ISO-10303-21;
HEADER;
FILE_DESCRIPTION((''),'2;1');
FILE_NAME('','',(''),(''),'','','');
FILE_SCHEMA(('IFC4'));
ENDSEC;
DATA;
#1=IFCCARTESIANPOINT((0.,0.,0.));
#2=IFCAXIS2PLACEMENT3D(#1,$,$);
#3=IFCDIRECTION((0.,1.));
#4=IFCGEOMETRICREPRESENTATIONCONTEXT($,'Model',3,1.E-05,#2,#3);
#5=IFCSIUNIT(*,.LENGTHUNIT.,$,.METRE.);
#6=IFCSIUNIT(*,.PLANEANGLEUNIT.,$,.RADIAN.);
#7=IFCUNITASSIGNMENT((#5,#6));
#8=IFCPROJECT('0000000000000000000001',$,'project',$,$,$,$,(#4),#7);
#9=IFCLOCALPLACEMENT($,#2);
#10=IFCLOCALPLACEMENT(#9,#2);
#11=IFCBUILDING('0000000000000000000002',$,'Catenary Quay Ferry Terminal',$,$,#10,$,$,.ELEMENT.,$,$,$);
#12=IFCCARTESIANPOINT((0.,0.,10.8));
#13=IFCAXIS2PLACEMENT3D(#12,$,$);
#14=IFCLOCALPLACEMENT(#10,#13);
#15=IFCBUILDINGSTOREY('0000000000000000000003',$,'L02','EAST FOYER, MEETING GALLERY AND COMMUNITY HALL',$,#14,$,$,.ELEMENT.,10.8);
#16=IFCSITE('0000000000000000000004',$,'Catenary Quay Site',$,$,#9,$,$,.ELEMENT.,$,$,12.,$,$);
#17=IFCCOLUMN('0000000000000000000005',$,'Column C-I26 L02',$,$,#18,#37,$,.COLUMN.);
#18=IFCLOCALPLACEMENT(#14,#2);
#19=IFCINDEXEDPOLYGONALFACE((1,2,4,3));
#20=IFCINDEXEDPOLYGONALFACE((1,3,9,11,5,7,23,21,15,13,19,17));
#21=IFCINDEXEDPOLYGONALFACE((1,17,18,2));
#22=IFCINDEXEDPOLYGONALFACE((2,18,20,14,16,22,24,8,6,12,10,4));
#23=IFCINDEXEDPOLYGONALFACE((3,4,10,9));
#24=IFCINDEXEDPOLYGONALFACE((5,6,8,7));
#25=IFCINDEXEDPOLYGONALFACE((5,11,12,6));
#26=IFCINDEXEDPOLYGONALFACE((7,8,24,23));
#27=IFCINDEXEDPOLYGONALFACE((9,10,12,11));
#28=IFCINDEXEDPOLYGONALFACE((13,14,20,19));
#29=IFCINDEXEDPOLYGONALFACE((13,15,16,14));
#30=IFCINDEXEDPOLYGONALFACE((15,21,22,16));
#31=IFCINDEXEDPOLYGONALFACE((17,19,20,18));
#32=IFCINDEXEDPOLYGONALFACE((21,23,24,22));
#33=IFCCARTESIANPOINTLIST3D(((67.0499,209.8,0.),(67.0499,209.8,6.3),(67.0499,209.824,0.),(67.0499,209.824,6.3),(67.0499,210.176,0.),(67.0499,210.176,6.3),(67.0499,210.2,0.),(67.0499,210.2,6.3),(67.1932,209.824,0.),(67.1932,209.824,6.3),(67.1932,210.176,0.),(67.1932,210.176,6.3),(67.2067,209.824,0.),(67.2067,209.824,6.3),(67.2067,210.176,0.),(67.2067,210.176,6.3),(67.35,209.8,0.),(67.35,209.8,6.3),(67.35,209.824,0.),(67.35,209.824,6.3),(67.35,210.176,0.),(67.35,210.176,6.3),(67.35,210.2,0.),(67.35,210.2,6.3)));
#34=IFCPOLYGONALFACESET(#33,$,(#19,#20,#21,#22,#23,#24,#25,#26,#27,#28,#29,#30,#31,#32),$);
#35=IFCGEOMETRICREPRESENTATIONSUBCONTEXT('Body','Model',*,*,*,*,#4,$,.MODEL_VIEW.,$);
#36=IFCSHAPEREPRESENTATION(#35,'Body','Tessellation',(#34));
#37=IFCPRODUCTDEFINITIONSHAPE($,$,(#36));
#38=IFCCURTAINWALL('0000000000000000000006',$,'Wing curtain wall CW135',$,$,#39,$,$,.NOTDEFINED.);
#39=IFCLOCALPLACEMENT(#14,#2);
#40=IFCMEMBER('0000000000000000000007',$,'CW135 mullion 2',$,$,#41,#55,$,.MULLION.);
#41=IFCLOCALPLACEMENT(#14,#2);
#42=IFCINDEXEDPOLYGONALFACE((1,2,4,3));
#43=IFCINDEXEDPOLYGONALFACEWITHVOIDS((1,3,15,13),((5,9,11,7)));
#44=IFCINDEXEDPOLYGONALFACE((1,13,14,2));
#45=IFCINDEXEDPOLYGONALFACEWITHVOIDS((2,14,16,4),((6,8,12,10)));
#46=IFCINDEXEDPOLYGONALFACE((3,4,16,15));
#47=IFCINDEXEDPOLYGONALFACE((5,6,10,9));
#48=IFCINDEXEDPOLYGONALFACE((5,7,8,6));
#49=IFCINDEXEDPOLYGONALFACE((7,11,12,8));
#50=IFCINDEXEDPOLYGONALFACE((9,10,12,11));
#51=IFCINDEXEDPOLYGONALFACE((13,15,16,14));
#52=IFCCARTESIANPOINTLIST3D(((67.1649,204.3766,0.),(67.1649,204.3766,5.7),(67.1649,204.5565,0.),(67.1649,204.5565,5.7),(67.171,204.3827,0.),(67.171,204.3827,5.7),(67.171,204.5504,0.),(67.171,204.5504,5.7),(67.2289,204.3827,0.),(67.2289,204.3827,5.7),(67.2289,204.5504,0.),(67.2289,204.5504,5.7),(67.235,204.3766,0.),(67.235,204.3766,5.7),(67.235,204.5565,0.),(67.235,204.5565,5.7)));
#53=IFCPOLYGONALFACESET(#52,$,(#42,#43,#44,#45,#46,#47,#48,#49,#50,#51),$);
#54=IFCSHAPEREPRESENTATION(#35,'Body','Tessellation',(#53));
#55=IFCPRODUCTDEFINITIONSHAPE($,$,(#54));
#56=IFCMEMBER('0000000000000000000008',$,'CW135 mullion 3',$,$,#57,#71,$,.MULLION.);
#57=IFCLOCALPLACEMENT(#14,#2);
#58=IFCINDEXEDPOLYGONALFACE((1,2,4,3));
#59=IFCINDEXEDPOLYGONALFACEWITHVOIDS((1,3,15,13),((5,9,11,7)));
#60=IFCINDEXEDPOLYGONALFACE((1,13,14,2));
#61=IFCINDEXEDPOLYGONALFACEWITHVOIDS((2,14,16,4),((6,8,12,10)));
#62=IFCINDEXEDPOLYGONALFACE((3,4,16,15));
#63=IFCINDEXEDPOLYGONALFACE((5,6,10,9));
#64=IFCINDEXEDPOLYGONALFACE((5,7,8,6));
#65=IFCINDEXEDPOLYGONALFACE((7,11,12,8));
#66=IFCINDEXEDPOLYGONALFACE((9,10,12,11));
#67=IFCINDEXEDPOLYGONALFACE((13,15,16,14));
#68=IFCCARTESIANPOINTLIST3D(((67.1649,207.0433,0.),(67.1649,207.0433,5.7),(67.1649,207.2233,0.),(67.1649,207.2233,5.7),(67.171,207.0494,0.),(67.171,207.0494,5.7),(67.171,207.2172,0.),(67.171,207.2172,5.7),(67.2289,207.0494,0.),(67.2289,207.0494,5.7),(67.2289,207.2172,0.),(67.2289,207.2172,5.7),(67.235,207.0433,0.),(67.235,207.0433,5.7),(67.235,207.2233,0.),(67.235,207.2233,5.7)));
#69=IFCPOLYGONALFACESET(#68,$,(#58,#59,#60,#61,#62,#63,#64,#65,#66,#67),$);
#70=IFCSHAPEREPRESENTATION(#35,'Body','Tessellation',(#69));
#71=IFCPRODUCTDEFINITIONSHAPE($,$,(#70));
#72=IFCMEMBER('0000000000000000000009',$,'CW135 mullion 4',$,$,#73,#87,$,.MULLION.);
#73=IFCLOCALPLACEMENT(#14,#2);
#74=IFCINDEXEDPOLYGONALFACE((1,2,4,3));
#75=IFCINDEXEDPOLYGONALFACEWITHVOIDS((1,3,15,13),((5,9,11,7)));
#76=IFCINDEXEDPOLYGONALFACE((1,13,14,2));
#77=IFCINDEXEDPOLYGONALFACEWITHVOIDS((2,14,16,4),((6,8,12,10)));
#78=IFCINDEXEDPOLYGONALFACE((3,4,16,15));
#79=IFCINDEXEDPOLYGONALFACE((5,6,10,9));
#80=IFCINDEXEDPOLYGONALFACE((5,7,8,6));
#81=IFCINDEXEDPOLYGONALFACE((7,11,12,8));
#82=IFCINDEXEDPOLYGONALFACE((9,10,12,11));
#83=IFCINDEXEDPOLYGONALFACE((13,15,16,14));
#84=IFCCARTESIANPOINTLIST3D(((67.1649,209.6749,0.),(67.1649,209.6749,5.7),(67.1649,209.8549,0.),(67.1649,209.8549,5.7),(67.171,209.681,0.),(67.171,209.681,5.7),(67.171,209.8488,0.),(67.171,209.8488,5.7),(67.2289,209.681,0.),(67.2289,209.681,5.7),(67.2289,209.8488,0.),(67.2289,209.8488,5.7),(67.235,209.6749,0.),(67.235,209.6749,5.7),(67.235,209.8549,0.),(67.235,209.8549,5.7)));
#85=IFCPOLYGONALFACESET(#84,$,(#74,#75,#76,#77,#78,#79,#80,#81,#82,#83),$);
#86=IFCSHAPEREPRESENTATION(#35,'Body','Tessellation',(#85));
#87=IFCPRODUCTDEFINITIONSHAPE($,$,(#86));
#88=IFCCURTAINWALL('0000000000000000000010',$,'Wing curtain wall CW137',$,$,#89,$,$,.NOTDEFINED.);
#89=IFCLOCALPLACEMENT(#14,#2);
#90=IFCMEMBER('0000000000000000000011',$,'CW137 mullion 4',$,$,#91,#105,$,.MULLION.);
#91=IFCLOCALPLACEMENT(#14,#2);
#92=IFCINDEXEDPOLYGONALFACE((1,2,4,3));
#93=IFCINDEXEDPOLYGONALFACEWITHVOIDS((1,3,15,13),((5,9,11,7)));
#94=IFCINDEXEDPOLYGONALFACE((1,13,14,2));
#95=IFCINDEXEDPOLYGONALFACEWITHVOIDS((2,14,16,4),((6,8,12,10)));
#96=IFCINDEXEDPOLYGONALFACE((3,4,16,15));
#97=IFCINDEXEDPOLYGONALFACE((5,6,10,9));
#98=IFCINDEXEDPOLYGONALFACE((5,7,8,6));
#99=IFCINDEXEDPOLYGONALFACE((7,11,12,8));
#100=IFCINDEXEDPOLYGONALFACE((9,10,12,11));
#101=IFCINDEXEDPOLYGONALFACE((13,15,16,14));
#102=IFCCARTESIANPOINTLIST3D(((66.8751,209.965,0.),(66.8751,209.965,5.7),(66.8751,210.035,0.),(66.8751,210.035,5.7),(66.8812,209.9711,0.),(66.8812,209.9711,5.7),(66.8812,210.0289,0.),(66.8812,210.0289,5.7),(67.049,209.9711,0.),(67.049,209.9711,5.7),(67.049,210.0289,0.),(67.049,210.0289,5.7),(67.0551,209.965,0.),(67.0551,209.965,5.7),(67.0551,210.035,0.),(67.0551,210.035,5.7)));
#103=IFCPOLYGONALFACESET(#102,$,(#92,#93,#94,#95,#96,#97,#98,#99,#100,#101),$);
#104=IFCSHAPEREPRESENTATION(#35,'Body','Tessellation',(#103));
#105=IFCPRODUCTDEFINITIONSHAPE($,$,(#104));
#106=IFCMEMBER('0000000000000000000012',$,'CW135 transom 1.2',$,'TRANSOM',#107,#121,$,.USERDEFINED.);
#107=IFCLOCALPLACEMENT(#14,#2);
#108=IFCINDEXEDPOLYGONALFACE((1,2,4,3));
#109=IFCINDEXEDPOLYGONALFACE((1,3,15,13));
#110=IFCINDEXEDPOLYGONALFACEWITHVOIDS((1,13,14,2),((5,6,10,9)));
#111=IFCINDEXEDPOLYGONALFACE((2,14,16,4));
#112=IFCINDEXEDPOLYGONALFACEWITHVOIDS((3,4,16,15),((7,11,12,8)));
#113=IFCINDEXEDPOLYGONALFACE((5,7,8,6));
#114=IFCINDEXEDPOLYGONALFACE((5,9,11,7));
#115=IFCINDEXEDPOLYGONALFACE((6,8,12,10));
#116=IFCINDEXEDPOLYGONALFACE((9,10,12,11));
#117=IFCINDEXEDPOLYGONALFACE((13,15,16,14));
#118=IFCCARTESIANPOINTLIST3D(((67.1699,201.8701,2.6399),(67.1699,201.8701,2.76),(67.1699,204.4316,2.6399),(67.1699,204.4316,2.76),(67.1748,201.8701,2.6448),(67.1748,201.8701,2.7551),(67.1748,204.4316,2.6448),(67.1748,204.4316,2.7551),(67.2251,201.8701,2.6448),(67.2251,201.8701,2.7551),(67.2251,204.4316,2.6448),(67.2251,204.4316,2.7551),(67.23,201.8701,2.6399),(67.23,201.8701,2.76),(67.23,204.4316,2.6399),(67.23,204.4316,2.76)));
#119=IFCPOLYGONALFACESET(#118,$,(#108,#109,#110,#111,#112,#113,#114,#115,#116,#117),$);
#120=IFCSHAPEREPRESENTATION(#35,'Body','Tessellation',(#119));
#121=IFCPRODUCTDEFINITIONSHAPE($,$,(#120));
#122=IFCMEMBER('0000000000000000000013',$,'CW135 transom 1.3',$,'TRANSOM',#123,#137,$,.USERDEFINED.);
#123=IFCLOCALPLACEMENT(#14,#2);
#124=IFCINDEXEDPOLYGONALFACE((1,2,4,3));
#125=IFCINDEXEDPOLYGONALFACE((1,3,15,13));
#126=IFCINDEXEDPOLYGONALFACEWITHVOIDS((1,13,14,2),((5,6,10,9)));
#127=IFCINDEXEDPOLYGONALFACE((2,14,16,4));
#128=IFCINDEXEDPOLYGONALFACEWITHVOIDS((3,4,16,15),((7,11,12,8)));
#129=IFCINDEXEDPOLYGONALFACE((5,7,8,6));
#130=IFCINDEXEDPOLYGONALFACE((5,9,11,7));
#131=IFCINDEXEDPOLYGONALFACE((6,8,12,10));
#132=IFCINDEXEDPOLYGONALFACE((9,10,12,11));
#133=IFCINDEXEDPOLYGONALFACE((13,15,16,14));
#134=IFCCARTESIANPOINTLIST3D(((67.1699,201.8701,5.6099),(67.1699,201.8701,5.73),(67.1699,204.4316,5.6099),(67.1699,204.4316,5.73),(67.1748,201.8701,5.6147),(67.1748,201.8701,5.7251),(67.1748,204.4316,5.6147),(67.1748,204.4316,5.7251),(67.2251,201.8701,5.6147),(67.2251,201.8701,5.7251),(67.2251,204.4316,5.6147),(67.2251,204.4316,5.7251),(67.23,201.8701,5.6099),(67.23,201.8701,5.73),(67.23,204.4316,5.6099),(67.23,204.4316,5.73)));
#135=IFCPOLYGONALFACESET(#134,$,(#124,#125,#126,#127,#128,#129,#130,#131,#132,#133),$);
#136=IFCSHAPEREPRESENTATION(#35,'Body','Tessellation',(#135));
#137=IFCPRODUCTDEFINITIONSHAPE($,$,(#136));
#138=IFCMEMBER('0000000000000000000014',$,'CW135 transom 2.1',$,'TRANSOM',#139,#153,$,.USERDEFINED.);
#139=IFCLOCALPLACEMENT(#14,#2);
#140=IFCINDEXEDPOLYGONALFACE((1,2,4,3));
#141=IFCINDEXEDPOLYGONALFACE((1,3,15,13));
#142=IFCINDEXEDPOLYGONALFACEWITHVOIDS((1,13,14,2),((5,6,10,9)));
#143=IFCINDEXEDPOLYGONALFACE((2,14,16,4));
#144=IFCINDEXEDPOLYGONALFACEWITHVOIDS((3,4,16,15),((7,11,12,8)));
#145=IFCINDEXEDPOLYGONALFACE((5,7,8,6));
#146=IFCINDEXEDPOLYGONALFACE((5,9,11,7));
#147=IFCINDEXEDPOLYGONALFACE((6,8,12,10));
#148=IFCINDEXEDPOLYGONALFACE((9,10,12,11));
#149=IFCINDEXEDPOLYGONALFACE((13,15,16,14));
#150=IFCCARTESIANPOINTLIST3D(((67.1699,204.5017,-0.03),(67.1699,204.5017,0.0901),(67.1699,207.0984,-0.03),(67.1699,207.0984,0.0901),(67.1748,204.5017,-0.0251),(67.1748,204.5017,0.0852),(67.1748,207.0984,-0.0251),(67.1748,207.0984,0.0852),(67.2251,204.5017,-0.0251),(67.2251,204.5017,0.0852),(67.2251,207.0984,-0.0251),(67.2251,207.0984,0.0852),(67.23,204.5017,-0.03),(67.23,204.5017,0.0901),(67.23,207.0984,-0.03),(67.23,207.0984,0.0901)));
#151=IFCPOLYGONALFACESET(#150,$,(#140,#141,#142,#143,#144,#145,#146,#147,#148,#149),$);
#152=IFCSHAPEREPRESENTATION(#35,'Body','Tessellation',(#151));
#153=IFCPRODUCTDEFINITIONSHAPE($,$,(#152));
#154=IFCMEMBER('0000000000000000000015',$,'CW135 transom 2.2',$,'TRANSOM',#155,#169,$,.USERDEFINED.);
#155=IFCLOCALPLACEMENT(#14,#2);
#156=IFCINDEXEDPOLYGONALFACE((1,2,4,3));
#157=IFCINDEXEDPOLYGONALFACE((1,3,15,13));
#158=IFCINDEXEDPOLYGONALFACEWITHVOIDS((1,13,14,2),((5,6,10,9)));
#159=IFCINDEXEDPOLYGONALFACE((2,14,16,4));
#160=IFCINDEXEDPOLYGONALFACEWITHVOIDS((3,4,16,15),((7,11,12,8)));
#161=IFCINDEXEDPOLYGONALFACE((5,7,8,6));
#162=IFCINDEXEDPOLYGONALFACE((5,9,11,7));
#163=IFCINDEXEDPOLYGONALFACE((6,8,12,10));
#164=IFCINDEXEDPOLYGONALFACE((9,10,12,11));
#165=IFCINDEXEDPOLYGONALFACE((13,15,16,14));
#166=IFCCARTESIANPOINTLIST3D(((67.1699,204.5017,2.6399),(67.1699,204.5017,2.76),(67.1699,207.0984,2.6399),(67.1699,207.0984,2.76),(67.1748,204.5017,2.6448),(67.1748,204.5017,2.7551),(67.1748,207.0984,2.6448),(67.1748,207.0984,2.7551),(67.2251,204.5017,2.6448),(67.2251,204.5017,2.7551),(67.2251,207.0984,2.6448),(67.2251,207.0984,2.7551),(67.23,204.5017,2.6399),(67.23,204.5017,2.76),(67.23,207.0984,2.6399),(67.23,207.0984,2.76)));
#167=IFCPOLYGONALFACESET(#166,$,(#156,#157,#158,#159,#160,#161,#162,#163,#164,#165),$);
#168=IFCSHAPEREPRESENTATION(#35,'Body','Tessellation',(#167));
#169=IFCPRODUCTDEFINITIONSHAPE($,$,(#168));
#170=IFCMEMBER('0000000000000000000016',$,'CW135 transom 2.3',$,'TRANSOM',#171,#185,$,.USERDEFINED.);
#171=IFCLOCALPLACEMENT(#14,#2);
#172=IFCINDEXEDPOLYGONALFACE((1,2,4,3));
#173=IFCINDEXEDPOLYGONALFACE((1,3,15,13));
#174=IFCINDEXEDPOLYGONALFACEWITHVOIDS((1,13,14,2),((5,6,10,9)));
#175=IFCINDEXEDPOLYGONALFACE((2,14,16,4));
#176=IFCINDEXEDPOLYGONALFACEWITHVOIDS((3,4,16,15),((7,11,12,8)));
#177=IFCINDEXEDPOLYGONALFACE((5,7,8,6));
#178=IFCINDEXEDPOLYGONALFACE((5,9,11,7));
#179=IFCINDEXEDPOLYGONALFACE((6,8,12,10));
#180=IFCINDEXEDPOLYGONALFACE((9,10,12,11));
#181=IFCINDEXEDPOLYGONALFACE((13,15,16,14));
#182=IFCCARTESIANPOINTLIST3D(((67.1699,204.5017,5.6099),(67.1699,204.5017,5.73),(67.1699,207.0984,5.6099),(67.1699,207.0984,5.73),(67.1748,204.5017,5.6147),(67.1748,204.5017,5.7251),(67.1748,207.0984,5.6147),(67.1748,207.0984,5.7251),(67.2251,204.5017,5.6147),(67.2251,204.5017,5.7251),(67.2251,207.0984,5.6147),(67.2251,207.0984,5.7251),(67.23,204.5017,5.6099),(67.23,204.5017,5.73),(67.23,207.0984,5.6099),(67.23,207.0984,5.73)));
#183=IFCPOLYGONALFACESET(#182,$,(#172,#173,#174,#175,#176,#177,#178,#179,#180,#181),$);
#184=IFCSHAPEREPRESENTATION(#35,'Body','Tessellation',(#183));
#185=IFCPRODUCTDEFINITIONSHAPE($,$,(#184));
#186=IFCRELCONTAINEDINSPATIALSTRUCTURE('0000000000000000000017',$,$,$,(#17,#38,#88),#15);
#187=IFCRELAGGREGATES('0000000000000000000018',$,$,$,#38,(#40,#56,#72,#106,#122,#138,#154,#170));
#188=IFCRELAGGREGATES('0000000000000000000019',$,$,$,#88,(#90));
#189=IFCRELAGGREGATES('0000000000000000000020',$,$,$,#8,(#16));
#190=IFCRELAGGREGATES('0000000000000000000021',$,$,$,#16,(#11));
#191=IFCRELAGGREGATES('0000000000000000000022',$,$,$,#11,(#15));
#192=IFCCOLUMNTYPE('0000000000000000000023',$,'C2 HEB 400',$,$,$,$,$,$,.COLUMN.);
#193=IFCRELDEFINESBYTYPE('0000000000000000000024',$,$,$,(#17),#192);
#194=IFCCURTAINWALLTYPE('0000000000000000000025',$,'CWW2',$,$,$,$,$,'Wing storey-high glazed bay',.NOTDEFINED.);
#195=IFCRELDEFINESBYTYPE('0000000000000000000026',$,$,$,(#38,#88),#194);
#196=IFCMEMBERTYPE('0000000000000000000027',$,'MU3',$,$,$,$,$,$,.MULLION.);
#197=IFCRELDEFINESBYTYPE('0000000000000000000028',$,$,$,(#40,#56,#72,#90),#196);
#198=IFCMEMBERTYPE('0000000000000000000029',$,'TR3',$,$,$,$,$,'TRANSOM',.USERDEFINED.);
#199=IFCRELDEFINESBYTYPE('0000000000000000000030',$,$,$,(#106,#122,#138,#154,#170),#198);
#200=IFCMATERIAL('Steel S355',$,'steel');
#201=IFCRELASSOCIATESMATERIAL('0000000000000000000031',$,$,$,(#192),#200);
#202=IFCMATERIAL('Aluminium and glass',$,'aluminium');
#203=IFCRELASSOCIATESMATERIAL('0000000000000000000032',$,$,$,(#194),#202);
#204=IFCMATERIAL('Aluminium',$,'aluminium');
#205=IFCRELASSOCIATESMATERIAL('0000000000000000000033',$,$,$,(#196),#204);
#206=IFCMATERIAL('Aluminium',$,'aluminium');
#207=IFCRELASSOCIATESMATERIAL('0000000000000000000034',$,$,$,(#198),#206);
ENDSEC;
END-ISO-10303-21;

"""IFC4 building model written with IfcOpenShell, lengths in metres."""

from ifc_helpers import new_model, si_unit, direction, frame, origin, origin_2d, place, context, subcontext, project, spatial, hollow_rectangle, i_section, extrude, material, material_profile, profile_set, type_object, element, aggregate, save


model = new_model("IFC4")

# Units and contexts
model_context = context("Model", 3, precision=1e-05, world=origin(), true_north=direction((0.0, 1.0)))
body_context = subcontext(model_context, "Body", "Model", "MODEL_VIEW")
ifc_project = project(units=[si_unit("LENGTHUNIT", "METRE"), si_unit("PLANEANGLEUNIT", "RADIAN")], contexts=[model_context])

# Site, building, storey
site_placement = place(None, origin())
site = spatial("IfcSite", under=ifc_project, at=site_placement, Name="Catenary Quay Site", CompositionType="ELEMENT", RefElevation=12.0)
building_placement = place(site_placement, origin())
building = spatial("IfcBuilding", under=site, at=building_placement, Name="Catenary Quay Ferry Terminal", CompositionType="ELEMENT")
storey_placement = place(building_placement, frame((0.0, 0.0, 10.8)))
storey = spatial("IfcBuildingStorey", under=building, at=storey_placement, Name="L02", Description="EAST FOYER, MEETING GALLERY AND COMMUNITY HALL", CompositionType="ELEMENT", Elevation=10.8)

# Column
ifc_material_1 = material(Name="Steel S355", Category="steel")
ifc_material_profile_1 = material_profile(ifc_material_1, i_section(OverallWidth=0.3, OverallDepth=0.3999, WebThickness=0.0134, FlangeThickness=0.0239, at=origin_2d()), Name="HEB 400")
ifc_profile_set_1 = profile_set([ifc_material_profile_1], Name="Steel S355")
column_type = type_object("IfcColumnType", Name="C2 HEB 400", PredefinedType="COLUMN", material=ifc_profile_set_1)
column_placement = place(storey_placement, frame((67.2, 210.0, 0.0), z_axis=(0.0, 0.0, 1.0), x_axis=(1.0, 0.0, 0.0)))
element("IfcColumn", 1, at=column_placement, inside=storey, type_object=column_type, Name="Column C-I26 L02", PredefinedType="COLUMN", context=body_context, shape_type="SweptSolid", body=[
    extrude(i_section(OverallWidth=0.3, OverallDepth=0.3999, WebThickness=0.0134, FlangeThickness=0.0239, at=origin_2d()), origin(), (0.0, 0.0, 1.0), 6.3),
])

# Curtain wall, members
ifc_material_2 = material(Name="Aluminium and glass", Category="aluminium")
curtain_wall_type = type_object("IfcCurtainWallType", Name="CWW2", ElementType="Wing storey-high glazed bay", PredefinedType="NOTDEFINED", material=ifc_material_2)
curtain_wall_1_placement = place(storey_placement, origin())
curtain_wall_1 = element("IfcCurtainWall", 2, at=curtain_wall_1_placement, inside=storey, type_object=curtain_wall_type, Name="Wing curtain wall CW135", PredefinedType="NOTDEFINED")
ifc_material_3 = material(Name="Aluminium", Category="aluminium")
ifc_material_profile_2 = material_profile(ifc_material_3, hollow_rectangle(XDim=0.0701, YDim=0.1799, WallThickness=0.0061, at=origin_2d()), Name="MU3")
ifc_profile_set_2 = profile_set([ifc_material_profile_2], Name="Aluminium")
member_type_1 = type_object("IfcMemberType", Name="MU3", PredefinedType="MULLION", material=ifc_profile_set_2)
member_1_placement = place(storey_placement, frame((67.2, 204.4666, 0.0), z_axis=(0.0, 0.0, 1.0), x_axis=(-1.0, 0.0, 0.0)))
member_1 = element("IfcMember", 3, at=member_1_placement, type_object=member_type_1, Name="CW135 mullion 2", PredefinedType="MULLION", context=body_context, shape_type="SweptSolid", body=[
    extrude(hollow_rectangle(XDim=0.0701, YDim=0.1799, WallThickness=0.0061, at=origin_2d()), origin(), (0.0, 0.0, 1.0), 5.7),
])
member_2_placement = place(storey_placement, frame((67.2, 207.1333, 0.0), z_axis=(0.0, 0.0, 1.0), x_axis=(-1.0, 0.0, 0.0)))
member_2 = element("IfcMember", 4, at=member_2_placement, type_object=member_type_1, Name="CW135 mullion 3", PredefinedType="MULLION", context=body_context, shape_type="SweptSolid", body=[
    extrude(hollow_rectangle(XDim=0.0701, YDim=0.1799, WallThickness=0.0061, at=origin_2d()), origin(), (0.0, 0.0, 1.0), 5.7),
])
member_3_placement = place(storey_placement, frame((67.2, 209.7649, 0.0), z_axis=(0.0, 0.0, 1.0), x_axis=(-1.0, 0.0, 0.0)))
member_3 = element("IfcMember", 5, at=member_3_placement, type_object=member_type_1, Name="CW135 mullion 4", PredefinedType="MULLION", context=body_context, shape_type="SweptSolid", body=[
    extrude(hollow_rectangle(XDim=0.0701, YDim=0.1799, WallThickness=0.0061, at=origin_2d()), origin(), (0.0, 0.0, 1.0), 5.7),
])

# Curtain wall, member
curtain_wall_2_placement = place(storey_placement, origin())
curtain_wall_2 = element("IfcCurtainWall", 6, at=curtain_wall_2_placement, inside=storey, type_object=curtain_wall_type, Name="Wing curtain wall CW137", PredefinedType="NOTDEFINED")
member_4_placement = place(storey_placement, frame((66.9651, 210.0, 0.0), z_axis=(0.0, 0.0, 1.0), x_axis=(0.0, 1.0, 0.0)))
member_4 = element("IfcMember", 7, at=member_4_placement, type_object=member_type_1, Name="CW137 mullion 4", PredefinedType="MULLION", context=body_context, shape_type="SweptSolid", body=[
    extrude(hollow_rectangle(XDim=0.0701, YDim=0.1799, WallThickness=0.0061, at=origin_2d()), origin(), (0.0, 0.0, 1.0), 5.7),
])

# Members
ifc_material_4 = material(Name="Aluminium", Category="aluminium")
ifc_material_profile_3 = material_profile(ifc_material_4, hollow_rectangle(XDim=0.0601, YDim=0.1201, WallThickness=0.0049, at=origin_2d()), Name="TR3")
ifc_profile_set_3 = profile_set([ifc_material_profile_3], Name="Aluminium")
member_type_2 = type_object("IfcMemberType", Name="TR3", ElementType="TRANSOM", PredefinedType="USERDEFINED", material=ifc_profile_set_3)
member_5_placement = place(storey_placement, frame((67.2, 201.8701, 2.7), z_axis=(0.0, 1.0, 0.0), x_axis=(-1.0, 0.0, 0.0)))
member_5 = element("IfcMember", 8, at=member_5_placement, type_object=member_type_2, Name="CW135 transom 1.2", ObjectType="TRANSOM", PredefinedType="USERDEFINED", context=body_context, shape_type="SweptSolid", body=[
    extrude(hollow_rectangle(XDim=0.0601, YDim=0.1201, WallThickness=0.0049, at=origin_2d()), origin(), (0.0, 0.0, 1.0), 2.5615),
])
member_6_placement = place(storey_placement, frame((67.2, 201.8701, 5.6699), z_axis=(0.0, 1.0, 0.0), x_axis=(-1.0, 0.0, 0.0)))
member_6 = element("IfcMember", 9, at=member_6_placement, type_object=member_type_2, Name="CW135 transom 1.3", ObjectType="TRANSOM", PredefinedType="USERDEFINED", context=body_context, shape_type="SweptSolid", body=[
    extrude(hollow_rectangle(XDim=0.0601, YDim=0.1201, WallThickness=0.0049, at=origin_2d()), origin(), (0.0, 0.0, 1.0), 2.5615),
])
member_7_placement = place(storey_placement, frame((67.2, 204.5017, 0.03), z_axis=(0.0, 1.0, 0.0), x_axis=(-1.0, 0.0, 0.0)))
member_7 = element("IfcMember", 10, at=member_7_placement, type_object=member_type_2, Name="CW135 transom 2.1", ObjectType="TRANSOM", PredefinedType="USERDEFINED", context=body_context, shape_type="SweptSolid", body=[
    extrude(hollow_rectangle(XDim=0.0601, YDim=0.1201, WallThickness=0.0049, at=origin_2d()), origin(), (0.0, 0.0, 1.0), 2.5967),
])
member_8_placement = place(storey_placement, frame((67.2, 204.5017, 2.7), z_axis=(0.0, 1.0, 0.0), x_axis=(-1.0, 0.0, 0.0)))
member_8 = element("IfcMember", 11, at=member_8_placement, type_object=member_type_2, Name="CW135 transom 2.2", ObjectType="TRANSOM", PredefinedType="USERDEFINED", context=body_context, shape_type="SweptSolid", body=[
    extrude(hollow_rectangle(XDim=0.0601, YDim=0.1201, WallThickness=0.0049, at=origin_2d()), origin(), (0.0, 0.0, 1.0), 2.5967),
])
member_9_placement = place(storey_placement, frame((67.2, 204.5017, 5.6699), z_axis=(0.0, 1.0, 0.0), x_axis=(-1.0, 0.0, 0.0)))
member_9 = element("IfcMember", 12, at=member_9_placement, type_object=member_type_2, Name="CW135 transom 2.3", ObjectType="TRANSOM", PredefinedType="USERDEFINED", context=body_context, shape_type="SweptSolid", body=[
    extrude(hollow_rectangle(XDim=0.0601, YDim=0.1201, WallThickness=0.0049, at=origin_2d()), origin(), (0.0, 0.0, 1.0), 2.5967),
])

aggregate(curtain_wall_1, [member_1, member_2, member_3, member_5, member_6, member_7, member_8, member_9])
aggregate(curtain_wall_2, [member_4])

save(model, "model.ifc")
